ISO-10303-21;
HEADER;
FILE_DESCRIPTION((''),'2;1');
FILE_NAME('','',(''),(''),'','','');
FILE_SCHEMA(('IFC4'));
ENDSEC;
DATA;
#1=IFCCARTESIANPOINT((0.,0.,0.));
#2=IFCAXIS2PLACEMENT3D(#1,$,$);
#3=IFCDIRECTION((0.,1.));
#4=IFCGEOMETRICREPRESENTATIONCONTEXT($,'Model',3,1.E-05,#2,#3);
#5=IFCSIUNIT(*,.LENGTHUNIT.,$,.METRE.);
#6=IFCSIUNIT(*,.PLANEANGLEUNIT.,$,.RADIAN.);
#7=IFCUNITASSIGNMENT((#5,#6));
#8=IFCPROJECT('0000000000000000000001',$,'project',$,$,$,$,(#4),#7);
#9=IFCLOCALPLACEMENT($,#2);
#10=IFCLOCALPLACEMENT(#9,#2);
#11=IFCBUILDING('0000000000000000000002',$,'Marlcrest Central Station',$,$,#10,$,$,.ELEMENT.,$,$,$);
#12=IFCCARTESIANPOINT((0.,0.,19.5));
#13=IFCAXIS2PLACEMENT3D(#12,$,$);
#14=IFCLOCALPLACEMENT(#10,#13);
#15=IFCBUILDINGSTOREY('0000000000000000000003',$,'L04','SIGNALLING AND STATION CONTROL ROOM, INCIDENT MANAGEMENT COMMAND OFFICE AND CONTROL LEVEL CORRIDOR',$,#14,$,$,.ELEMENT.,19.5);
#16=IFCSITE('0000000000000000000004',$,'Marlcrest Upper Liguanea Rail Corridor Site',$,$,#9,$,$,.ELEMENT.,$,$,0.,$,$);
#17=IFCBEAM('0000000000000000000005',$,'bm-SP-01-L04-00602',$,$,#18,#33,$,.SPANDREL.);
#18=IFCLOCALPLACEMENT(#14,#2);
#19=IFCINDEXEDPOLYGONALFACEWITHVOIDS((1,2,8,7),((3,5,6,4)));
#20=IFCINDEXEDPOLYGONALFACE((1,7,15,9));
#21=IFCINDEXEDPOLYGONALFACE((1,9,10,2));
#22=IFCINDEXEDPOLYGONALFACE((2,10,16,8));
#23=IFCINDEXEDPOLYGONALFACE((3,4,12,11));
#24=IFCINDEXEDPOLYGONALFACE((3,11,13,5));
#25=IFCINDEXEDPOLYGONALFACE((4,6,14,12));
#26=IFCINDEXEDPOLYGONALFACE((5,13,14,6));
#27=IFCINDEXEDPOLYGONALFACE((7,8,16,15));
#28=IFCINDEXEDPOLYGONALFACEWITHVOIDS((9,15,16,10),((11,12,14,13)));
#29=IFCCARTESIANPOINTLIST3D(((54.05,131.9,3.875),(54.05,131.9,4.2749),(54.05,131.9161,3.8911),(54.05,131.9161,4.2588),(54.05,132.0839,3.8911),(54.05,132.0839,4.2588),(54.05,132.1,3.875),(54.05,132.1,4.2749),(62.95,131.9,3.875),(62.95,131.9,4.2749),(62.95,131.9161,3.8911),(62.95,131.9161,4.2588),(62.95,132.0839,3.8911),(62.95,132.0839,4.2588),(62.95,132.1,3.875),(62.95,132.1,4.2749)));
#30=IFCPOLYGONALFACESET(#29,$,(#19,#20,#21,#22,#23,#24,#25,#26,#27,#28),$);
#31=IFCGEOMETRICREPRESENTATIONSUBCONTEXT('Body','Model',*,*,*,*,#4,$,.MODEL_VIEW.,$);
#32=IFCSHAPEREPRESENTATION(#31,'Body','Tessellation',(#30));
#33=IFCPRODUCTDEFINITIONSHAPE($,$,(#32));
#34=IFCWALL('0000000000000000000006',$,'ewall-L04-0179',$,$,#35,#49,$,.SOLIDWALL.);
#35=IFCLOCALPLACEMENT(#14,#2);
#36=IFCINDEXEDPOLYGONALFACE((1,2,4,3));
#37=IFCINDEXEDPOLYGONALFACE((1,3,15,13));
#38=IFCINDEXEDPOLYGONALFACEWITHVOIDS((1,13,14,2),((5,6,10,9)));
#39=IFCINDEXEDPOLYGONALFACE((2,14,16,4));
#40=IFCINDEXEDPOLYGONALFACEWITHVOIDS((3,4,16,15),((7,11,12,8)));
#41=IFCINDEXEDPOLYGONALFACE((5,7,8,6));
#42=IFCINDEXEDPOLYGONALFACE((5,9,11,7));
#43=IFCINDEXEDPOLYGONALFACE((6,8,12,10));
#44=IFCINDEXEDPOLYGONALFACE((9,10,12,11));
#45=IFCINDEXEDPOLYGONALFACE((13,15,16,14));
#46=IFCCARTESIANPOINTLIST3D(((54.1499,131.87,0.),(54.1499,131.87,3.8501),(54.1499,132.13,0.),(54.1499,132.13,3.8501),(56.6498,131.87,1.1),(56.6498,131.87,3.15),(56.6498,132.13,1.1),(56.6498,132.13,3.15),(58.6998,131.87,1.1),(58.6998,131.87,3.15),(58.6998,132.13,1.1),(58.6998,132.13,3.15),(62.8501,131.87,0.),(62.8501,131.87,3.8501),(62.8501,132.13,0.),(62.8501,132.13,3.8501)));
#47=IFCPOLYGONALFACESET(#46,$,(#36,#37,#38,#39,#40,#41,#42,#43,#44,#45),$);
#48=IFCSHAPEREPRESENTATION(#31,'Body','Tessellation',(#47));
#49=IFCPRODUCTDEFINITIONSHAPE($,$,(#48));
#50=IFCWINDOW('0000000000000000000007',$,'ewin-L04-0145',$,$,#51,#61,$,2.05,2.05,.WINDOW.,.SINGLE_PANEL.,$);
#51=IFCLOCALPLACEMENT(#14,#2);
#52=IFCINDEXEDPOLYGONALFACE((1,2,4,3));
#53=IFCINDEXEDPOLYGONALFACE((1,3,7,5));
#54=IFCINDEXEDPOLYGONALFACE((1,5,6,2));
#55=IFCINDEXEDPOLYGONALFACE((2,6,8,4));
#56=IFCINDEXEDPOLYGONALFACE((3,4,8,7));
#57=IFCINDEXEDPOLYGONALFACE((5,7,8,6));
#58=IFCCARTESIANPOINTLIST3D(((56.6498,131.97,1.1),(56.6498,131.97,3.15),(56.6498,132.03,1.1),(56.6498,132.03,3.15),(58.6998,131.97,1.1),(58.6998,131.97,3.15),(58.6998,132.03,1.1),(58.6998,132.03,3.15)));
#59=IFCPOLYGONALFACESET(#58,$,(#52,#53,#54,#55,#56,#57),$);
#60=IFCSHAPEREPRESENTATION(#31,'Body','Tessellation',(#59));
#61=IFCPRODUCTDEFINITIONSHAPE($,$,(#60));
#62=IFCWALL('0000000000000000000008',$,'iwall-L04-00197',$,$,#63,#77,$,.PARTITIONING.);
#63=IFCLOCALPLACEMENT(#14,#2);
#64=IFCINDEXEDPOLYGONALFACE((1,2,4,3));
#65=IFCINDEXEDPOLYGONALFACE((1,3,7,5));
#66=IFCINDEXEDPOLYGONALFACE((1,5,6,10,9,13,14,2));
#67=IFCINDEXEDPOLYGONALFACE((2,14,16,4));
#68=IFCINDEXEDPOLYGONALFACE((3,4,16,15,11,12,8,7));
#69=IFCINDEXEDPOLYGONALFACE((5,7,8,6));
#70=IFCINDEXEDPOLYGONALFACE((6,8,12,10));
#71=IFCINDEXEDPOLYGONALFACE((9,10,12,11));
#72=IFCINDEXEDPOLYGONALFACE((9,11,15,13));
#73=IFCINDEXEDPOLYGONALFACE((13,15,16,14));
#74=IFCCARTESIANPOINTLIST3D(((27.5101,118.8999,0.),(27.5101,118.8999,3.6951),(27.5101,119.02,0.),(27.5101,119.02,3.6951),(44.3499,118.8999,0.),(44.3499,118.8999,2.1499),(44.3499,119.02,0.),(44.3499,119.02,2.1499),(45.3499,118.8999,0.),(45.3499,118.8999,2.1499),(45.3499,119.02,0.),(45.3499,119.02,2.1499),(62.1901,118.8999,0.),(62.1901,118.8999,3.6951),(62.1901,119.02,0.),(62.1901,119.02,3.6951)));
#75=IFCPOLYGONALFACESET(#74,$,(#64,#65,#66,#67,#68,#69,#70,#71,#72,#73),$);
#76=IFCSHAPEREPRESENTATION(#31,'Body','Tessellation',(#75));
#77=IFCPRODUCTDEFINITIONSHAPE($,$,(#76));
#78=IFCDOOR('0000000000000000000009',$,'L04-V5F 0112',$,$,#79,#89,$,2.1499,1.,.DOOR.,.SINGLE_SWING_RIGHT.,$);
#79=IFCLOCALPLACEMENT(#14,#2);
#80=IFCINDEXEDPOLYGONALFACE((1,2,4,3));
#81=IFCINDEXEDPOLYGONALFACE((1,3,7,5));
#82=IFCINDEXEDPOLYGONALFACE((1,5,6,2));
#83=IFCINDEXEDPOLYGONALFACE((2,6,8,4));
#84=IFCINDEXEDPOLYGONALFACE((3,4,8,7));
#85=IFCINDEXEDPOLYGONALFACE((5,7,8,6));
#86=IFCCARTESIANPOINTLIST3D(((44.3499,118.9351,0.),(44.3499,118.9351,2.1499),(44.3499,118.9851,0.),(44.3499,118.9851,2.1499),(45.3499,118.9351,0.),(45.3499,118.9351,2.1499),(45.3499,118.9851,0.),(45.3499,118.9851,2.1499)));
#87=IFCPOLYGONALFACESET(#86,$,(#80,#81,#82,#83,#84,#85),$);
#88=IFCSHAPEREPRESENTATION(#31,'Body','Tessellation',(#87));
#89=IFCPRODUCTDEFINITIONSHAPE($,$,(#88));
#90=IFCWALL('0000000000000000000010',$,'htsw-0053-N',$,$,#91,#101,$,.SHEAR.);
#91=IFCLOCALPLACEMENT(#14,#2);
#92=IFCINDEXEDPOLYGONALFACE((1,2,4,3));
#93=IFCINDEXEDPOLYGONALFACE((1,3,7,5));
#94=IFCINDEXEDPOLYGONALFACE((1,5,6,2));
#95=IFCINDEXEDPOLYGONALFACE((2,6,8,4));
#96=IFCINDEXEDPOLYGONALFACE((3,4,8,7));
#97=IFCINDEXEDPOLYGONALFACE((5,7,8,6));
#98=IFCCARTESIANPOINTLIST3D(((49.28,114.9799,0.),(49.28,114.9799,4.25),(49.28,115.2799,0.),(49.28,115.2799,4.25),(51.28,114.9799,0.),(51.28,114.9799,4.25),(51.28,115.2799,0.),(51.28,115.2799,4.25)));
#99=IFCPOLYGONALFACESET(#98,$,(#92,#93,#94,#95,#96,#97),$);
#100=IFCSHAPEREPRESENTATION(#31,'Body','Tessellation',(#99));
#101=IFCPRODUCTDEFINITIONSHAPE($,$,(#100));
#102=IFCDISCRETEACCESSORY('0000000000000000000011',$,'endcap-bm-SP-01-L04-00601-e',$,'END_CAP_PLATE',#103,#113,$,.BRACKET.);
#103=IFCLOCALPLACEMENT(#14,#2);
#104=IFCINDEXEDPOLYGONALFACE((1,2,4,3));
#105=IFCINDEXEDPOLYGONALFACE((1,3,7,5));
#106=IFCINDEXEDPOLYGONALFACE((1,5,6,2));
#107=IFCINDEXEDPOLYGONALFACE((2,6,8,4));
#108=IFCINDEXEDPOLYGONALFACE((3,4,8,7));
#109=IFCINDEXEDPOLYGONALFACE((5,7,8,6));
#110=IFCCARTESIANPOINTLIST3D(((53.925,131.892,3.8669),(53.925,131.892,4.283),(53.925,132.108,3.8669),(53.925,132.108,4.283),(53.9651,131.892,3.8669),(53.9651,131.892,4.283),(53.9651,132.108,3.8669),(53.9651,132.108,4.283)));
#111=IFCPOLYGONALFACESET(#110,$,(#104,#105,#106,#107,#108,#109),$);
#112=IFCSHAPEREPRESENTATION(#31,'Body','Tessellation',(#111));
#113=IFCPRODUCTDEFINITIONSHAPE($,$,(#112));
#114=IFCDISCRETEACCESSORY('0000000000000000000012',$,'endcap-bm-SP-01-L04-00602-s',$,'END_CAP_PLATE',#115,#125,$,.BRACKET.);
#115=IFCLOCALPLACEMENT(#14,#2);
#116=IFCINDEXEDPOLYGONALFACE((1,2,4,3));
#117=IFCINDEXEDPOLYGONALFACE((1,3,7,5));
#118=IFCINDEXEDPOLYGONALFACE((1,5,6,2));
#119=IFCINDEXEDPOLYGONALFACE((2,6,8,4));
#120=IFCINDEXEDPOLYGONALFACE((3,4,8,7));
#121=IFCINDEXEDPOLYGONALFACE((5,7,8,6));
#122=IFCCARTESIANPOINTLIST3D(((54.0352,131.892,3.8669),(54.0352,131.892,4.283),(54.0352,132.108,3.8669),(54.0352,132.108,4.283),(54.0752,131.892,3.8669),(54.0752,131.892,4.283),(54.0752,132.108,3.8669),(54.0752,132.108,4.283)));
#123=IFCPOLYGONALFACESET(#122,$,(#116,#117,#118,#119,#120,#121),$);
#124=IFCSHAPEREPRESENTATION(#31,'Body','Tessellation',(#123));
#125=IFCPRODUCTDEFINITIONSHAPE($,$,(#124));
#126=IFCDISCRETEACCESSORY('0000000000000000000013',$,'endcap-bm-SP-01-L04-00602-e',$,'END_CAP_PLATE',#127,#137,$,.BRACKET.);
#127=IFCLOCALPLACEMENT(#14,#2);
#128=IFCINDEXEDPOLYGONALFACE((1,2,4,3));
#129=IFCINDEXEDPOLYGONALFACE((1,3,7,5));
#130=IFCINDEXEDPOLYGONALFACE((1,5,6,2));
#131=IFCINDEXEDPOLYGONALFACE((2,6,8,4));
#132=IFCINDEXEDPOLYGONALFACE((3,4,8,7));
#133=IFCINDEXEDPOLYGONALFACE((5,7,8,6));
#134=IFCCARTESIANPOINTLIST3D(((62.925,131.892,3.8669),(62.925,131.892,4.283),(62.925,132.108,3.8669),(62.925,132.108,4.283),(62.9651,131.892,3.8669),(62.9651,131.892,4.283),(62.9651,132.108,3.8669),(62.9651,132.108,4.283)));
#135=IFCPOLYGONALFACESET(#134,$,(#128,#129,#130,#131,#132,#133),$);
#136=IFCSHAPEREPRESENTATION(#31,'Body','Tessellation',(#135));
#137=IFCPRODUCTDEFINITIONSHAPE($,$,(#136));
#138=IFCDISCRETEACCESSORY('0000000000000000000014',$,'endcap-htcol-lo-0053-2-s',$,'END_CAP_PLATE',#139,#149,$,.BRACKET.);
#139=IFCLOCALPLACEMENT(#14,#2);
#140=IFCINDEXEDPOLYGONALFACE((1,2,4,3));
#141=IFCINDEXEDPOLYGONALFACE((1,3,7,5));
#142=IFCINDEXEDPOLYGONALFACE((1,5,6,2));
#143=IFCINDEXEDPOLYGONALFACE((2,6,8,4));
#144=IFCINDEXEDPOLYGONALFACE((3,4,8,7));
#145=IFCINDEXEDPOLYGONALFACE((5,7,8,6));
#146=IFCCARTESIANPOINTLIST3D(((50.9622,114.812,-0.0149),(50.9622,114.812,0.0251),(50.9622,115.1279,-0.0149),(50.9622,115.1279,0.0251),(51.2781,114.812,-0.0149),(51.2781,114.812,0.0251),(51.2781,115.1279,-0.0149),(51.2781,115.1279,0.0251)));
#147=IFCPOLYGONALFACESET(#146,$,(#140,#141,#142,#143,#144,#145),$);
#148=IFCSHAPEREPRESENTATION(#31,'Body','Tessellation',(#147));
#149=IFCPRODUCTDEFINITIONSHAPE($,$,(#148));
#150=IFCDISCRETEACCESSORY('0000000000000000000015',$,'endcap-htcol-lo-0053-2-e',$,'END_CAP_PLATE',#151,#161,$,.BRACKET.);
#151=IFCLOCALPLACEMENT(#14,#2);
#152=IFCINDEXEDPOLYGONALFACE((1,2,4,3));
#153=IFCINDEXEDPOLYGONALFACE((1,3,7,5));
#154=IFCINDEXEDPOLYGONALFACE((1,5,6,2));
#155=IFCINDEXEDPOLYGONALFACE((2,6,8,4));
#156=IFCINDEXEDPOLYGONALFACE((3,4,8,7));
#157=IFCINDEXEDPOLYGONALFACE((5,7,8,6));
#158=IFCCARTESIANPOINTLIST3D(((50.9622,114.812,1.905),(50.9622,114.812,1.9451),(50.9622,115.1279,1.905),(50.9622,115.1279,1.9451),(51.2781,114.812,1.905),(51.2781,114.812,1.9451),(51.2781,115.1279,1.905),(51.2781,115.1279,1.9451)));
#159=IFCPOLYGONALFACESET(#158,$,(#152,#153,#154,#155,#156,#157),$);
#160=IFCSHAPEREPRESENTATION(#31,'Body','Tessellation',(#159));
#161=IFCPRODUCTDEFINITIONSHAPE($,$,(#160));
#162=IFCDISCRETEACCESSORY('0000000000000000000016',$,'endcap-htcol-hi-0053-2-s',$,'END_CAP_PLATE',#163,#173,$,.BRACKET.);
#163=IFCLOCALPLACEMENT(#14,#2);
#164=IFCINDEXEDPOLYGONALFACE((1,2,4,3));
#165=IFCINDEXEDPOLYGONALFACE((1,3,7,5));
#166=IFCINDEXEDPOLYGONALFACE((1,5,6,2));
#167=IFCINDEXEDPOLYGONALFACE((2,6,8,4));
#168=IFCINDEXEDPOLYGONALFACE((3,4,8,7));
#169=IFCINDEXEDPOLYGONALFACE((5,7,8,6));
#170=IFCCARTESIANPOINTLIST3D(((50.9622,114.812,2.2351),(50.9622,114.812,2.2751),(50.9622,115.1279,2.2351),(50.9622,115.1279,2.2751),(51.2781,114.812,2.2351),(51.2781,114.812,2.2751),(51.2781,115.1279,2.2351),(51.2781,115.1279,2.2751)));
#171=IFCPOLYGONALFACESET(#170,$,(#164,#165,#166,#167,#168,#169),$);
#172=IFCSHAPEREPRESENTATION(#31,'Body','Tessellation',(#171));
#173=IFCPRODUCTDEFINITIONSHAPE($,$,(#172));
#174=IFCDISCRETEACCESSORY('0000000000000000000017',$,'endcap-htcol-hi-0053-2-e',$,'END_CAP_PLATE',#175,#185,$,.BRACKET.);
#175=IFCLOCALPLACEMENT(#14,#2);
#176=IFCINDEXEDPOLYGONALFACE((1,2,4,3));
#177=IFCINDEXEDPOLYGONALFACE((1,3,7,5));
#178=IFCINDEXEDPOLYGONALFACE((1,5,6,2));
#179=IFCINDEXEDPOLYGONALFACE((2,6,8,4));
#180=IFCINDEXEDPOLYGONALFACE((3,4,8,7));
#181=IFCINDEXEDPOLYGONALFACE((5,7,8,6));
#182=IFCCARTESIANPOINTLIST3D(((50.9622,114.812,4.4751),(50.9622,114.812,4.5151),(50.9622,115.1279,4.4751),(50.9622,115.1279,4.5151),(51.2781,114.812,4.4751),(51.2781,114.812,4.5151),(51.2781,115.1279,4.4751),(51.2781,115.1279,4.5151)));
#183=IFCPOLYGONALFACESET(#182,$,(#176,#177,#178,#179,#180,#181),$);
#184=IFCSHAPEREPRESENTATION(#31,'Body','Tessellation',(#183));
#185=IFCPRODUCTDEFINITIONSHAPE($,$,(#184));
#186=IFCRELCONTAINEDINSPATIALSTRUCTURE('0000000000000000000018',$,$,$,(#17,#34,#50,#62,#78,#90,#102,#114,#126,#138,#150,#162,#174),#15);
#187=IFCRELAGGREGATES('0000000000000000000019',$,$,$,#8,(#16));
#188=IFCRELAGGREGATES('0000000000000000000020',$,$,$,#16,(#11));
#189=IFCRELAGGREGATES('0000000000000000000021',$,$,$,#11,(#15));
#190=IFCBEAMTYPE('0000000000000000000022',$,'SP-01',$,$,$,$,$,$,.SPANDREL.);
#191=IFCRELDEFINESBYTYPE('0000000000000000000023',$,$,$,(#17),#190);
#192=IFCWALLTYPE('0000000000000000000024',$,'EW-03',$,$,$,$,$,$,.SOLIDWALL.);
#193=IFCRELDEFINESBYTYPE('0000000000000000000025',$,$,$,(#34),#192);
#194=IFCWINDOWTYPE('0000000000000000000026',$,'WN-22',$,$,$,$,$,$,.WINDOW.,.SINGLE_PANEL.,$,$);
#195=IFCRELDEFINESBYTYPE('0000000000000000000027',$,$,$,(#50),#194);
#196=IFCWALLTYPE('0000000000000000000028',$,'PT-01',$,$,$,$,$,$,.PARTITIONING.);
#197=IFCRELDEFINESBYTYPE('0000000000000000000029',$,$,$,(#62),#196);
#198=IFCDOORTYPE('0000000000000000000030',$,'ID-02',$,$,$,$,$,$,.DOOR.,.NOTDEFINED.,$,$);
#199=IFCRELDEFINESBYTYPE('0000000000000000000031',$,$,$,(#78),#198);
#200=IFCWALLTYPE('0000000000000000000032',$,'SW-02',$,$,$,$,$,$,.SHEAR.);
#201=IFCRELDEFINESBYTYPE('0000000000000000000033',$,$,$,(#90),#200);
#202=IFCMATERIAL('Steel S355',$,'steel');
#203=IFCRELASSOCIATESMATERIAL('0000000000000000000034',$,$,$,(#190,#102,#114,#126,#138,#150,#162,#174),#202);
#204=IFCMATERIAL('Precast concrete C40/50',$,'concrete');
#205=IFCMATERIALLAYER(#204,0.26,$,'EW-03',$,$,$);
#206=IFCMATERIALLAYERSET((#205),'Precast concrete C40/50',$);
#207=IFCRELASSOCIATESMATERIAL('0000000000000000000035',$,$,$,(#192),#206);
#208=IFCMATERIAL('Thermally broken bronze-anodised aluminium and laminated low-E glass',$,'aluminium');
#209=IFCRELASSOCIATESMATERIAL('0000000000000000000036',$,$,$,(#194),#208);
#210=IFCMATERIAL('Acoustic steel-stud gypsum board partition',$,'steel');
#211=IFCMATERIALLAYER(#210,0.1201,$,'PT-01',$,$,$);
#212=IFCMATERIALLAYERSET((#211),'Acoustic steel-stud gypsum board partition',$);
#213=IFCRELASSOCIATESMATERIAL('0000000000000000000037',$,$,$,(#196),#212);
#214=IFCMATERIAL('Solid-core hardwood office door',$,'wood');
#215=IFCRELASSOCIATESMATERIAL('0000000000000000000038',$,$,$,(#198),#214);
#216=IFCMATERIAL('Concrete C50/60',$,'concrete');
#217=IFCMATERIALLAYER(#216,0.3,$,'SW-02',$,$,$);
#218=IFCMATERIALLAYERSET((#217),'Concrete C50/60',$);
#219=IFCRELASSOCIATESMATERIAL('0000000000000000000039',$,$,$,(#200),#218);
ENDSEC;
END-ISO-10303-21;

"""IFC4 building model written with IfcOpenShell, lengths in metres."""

from ifc_helpers import new_model, si_unit, direction, frame, frame_2d, origin, origin_2d, place, context, subcontext, project, spatial, rectangle, hollow_rectangle, extrude, material, layer, layer_set, material_profile, profile_set, type_object, element, fill, save


model = new_model("IFC4")

# Units and contexts
model_context = context("Model", 3, precision=1e-05, world=origin(), true_north=direction((0.0, 1.0)))
body_context = subcontext(model_context, "Body", "Model", "MODEL_VIEW")
ifc_project = project(units=[si_unit("LENGTHUNIT", "METRE"), si_unit("PLANEANGLEUNIT", "RADIAN")], contexts=[model_context])

# Site, building, storey
site_placement = place(None, origin())
site = spatial("IfcSite", under=ifc_project, at=site_placement, Name="Marlcrest Upper Liguanea Rail Corridor Site", CompositionType="ELEMENT", RefElevation=0.0)
building_placement = place(site_placement, origin())
building = spatial("IfcBuilding", under=site, at=building_placement, Name="Marlcrest Central Station", CompositionType="ELEMENT")
storey_placement = place(building_placement, frame((0.0, 0.0, 19.5)))
storey = spatial("IfcBuildingStorey", under=building, at=storey_placement, Name="L04", Description="SIGNALLING AND STATION CONTROL ROOM, INCIDENT MANAGEMENT COMMAND OFFICE AND CONTROL LEVEL CORRIDOR", CompositionType="ELEMENT", Elevation=19.5)

# Shared definitions
ifc_material_1 = material(Name="Steel S355", Category="steel")

# Beam
ifc_material_profile_1 = material_profile(ifc_material_1, hollow_rectangle(XDim=0.2, YDim=0.3999, WallThickness=0.0161, at=origin_2d()), Name="RHS 400x200x16")
ifc_profile_set_1 = profile_set([ifc_material_profile_1], Name="Steel S355")
beam_type_1 = type_object("IfcBeamType", Name="SP-01", PredefinedType="SPANDREL", material=ifc_profile_set_1)
beam_1_placement = place(storey_placement, frame((54.05, 132.0, 4.075), z_axis=(1.0, 0.0, 0.0), x_axis=(0.0, 1.0, 0.0)))
element("IfcBeam", 1, at=beam_1_placement, inside=storey, type_object=beam_type_1, Name="bm-SP-01-L04-00602", PredefinedType="SPANDREL", context=body_context, shape_type="SweptSolid", body=[
    extrude(hollow_rectangle(XDim=0.2, YDim=0.3999, WallThickness=0.0161, at=origin_2d()), origin(), (0.0, 0.0, 1.0), 8.8999),
])

# Wall, opening, window
ifc_material_2 = material(Name="Precast concrete C40/50", Category="concrete")
ifc_layer_1 = layer(ifc_material_2, 0.26, Name="EW-03")
ifc_layer_set_1 = layer_set([ifc_layer_1], Name="Precast concrete C40/50")
wall_type_1 = type_object("IfcWallType", Name="EW-03", PredefinedType="SOLIDWALL", material=ifc_layer_set_1)
wall_1_placement = place(storey_placement, frame((54.1499, 132.0, 0.0), z_axis=(0.0, 0.0, 1.0), x_axis=(1.0, 0.0, 0.0)))
wall_1 = element("IfcWall", 2, at=wall_1_placement, inside=storey, type_object=wall_type_1, Name="ewall-L04-0179", PredefinedType="SOLIDWALL", context=body_context, shape_type="SweptSolid", body=[
    extrude(rectangle(XDim=8.7002, YDim=0.26, at=frame_2d((4.3501, 0.0))), origin(), (0.0, 0.0, 1.0), 3.8501),
])
opening_1_placement = place(wall_1_placement, frame((2.5, 0.0, 1.1001)))
opening_1 = element("IfcOpeningElement", 3, at=opening_1_placement, cuts=wall_1, PredefinedType="OPENING", context=body_context, shape_type="SweptSolid", body=[
    extrude(rectangle(XDim=2.05, YDim=2.05, at=frame_2d((1.0249, 1.0249))), frame((0.0, 0.1399, 0.0), z_axis=(0.0, -1.0, 0.0), x_axis=(1.0, 0.0, 0.0)), (0.0, 0.0, 1.0), 0.28),
])
ifc_material_3 = material(Name="Thermally broken bronze-anodised aluminium and laminated low-E glass", Category="aluminium")
window_type = type_object("IfcWindowType", Name="WN-22", PartitioningType="SINGLE_PANEL", PredefinedType="WINDOW", material=ifc_material_3)
window_placement = place(opening_1_placement, origin())
window = element("IfcWindow", 4, at=window_placement, inside=storey, type_object=window_type, Name="ewin-L04-0145", OverallHeight=2.05, OverallWidth=2.05, PartitioningType="SINGLE_PANEL", PredefinedType="WINDOW", context=body_context, shape_type="SweptSolid", body=[
    extrude(rectangle(XDim=2.05, YDim=2.05, at=frame_2d((1.0249, 1.0249))), frame((0.0, 0.03, 0.0), z_axis=(0.0, -1.0, 0.0), x_axis=(1.0, 0.0, 0.0)), (0.0, 0.0, 1.0), 0.0601),
])
fill(opening_1, window)

# Wall, opening, door
ifc_material_4 = material(Name="Acoustic steel-stud gypsum board partition", Category="steel")
ifc_layer_2 = layer(ifc_material_4, 0.1201, Name="PT-01")
ifc_layer_set_2 = layer_set([ifc_layer_2], Name="Acoustic steel-stud gypsum board partition")
wall_type_2 = type_object("IfcWallType", Name="PT-01", PredefinedType="PARTITIONING", material=ifc_layer_set_2)
wall_2_placement = place(storey_placement, frame((62.1899, 118.96, 0.0), z_axis=(0.0, 0.0, 1.0), x_axis=(-1.0, 0.0, 0.0)))
wall_2 = element("IfcWall", 5, at=wall_2_placement, inside=storey, type_object=wall_type_2, Name="iwall-L04-00197", PredefinedType="PARTITIONING", context=body_context, shape_type="SweptSolid", body=[
    extrude(rectangle(XDim=34.6799, YDim=0.1201, at=frame_2d((17.3398, 0.0))), origin(), (0.0, 0.0, 1.0), 3.6951),
])
opening_2_placement = place(wall_2_placement, frame((16.8401, 0.0, 0.0)))
opening_2 = element("IfcOpeningElement", 6, at=opening_2_placement, cuts=wall_2, PredefinedType="OPENING", context=body_context, shape_type="SweptSolid", body=[
    extrude(rectangle(XDim=1.0, YDim=2.1499, at=frame_2d((0.5, 1.075))), frame((0.0, 0.0701, 0.0), z_axis=(0.0, -1.0, 0.0), x_axis=(1.0, 0.0, 0.0)), (0.0, 0.0, 1.0), 0.1401),
])
ifc_material_5 = material(Name="Solid-core hardwood office door", Category="wood")
door_type = type_object("IfcDoorType", Name="ID-02", OperationType="NOTDEFINED", PredefinedType="DOOR", material=ifc_material_5)
door_placement = place(opening_2_placement, origin())
door = element("IfcDoor", 7, at=door_placement, inside=storey, type_object=door_type, Name="L04-V5F 0112", OperationType="SINGLE_SWING_RIGHT", OverallHeight=2.1499, OverallWidth=1.0, PredefinedType="DOOR", context=body_context, shape_type="SweptSolid", body=[
    extrude(rectangle(XDim=1.0, YDim=2.1499, at=frame_2d((0.5, 1.075))), frame((0.0, 0.0249, 0.0), z_axis=(0.0, -1.0, 0.0), x_axis=(1.0, 0.0, 0.0)), (0.0, 0.0, 1.0), 0.05),
])
fill(opening_2, door)

# Wall
ifc_material_6 = material(Name="Concrete C50/60", Category="concrete")
ifc_layer_3 = layer(ifc_material_6, 0.3, Name="SW-02")
ifc_layer_set_3 = layer_set([ifc_layer_3], Name="Concrete C50/60")
wall_type_3 = type_object("IfcWallType", Name="SW-02", PredefinedType="SHEAR", material=ifc_layer_set_3)
wall_3_placement = place(storey_placement, frame((51.28, 115.1299, 0.0), z_axis=(0.0, 0.0, 1.0), x_axis=(-1.0, 0.0, 0.0)))
element("IfcWall", 8, at=wall_3_placement, inside=storey, type_object=wall_type_3, Name="htsw-0053-N", PredefinedType="SHEAR", context=body_context, shape_type="SweptSolid", body=[
    extrude(rectangle(XDim=2.0, YDim=0.3, at=frame_2d((1.0, 0.0))), origin(), (0.0, 0.0, 1.0), 4.25),
])

# Discrete accessories
for number, where, z_axis, x_axis, name in (
    (9, (53.925, 132.0, 4.075), (1.0, 0.0, 0.0), (0.0, 1.0, 0.0), "endcap-bm-SP-01-L04-00601-e"),
    (10, (54.0352, 132.0, 4.075), (1.0, 0.0, 0.0), (0.0, 1.0, 0.0), "endcap-bm-SP-01-L04-00602-s"),
    (11, (62.925, 132.0, 4.075), (1.0, 0.0, 0.0), (0.0, 1.0, 0.0), "endcap-bm-SP-01-L04-00602-e"),
):
    element("IfcDiscreteAccessory", number, at=place(storey_placement, frame(where, z_axis=z_axis, x_axis=x_axis)), inside=storey, material=ifc_material_1, Name=name, ObjectType="END_CAP_PLATE", PredefinedType="BRACKET", context=body_context, shape_type="SweptSolid", body=[
        extrude(rectangle(XDim=0.2161, YDim=0.416, at=origin_2d()), origin(), (0.0, 0.0, 1.0), 0.04),
    ])
for number, where, z_axis, x_axis, name in (
    (12, (51.1201, 114.97, -0.0149), (0.0, 0.0, 1.0), (1.0, 0.0, 0.0), "endcap-htcol-lo-0053-2-s"),
    (13, (51.1201, 114.97, 1.905), (0.0, 0.0, 1.0), (1.0, 0.0, 0.0), "endcap-htcol-lo-0053-2-e"),
    (14, (51.1201, 114.97, 2.2351), (0.0, 0.0, 1.0), (1.0, 0.0, 0.0), "endcap-htcol-hi-0053-2-s"),
    (15, (51.1201, 114.97, 4.4751), (0.0, 0.0, 1.0), (1.0, 0.0, 0.0), "endcap-htcol-hi-0053-2-e"),
):
    element("IfcDiscreteAccessory", number, at=place(storey_placement, frame(where, z_axis=z_axis, x_axis=x_axis)), inside=storey, material=ifc_material_1, Name=name, ObjectType="END_CAP_PLATE", PredefinedType="BRACKET", context=body_context, shape_type="SweptSolid", body=[
        extrude(rectangle(XDim=0.3159, YDim=0.3159, at=origin_2d()), origin(), (0.0, 0.0, 1.0), 0.04),
    ])

save(model, "model.ifc")
